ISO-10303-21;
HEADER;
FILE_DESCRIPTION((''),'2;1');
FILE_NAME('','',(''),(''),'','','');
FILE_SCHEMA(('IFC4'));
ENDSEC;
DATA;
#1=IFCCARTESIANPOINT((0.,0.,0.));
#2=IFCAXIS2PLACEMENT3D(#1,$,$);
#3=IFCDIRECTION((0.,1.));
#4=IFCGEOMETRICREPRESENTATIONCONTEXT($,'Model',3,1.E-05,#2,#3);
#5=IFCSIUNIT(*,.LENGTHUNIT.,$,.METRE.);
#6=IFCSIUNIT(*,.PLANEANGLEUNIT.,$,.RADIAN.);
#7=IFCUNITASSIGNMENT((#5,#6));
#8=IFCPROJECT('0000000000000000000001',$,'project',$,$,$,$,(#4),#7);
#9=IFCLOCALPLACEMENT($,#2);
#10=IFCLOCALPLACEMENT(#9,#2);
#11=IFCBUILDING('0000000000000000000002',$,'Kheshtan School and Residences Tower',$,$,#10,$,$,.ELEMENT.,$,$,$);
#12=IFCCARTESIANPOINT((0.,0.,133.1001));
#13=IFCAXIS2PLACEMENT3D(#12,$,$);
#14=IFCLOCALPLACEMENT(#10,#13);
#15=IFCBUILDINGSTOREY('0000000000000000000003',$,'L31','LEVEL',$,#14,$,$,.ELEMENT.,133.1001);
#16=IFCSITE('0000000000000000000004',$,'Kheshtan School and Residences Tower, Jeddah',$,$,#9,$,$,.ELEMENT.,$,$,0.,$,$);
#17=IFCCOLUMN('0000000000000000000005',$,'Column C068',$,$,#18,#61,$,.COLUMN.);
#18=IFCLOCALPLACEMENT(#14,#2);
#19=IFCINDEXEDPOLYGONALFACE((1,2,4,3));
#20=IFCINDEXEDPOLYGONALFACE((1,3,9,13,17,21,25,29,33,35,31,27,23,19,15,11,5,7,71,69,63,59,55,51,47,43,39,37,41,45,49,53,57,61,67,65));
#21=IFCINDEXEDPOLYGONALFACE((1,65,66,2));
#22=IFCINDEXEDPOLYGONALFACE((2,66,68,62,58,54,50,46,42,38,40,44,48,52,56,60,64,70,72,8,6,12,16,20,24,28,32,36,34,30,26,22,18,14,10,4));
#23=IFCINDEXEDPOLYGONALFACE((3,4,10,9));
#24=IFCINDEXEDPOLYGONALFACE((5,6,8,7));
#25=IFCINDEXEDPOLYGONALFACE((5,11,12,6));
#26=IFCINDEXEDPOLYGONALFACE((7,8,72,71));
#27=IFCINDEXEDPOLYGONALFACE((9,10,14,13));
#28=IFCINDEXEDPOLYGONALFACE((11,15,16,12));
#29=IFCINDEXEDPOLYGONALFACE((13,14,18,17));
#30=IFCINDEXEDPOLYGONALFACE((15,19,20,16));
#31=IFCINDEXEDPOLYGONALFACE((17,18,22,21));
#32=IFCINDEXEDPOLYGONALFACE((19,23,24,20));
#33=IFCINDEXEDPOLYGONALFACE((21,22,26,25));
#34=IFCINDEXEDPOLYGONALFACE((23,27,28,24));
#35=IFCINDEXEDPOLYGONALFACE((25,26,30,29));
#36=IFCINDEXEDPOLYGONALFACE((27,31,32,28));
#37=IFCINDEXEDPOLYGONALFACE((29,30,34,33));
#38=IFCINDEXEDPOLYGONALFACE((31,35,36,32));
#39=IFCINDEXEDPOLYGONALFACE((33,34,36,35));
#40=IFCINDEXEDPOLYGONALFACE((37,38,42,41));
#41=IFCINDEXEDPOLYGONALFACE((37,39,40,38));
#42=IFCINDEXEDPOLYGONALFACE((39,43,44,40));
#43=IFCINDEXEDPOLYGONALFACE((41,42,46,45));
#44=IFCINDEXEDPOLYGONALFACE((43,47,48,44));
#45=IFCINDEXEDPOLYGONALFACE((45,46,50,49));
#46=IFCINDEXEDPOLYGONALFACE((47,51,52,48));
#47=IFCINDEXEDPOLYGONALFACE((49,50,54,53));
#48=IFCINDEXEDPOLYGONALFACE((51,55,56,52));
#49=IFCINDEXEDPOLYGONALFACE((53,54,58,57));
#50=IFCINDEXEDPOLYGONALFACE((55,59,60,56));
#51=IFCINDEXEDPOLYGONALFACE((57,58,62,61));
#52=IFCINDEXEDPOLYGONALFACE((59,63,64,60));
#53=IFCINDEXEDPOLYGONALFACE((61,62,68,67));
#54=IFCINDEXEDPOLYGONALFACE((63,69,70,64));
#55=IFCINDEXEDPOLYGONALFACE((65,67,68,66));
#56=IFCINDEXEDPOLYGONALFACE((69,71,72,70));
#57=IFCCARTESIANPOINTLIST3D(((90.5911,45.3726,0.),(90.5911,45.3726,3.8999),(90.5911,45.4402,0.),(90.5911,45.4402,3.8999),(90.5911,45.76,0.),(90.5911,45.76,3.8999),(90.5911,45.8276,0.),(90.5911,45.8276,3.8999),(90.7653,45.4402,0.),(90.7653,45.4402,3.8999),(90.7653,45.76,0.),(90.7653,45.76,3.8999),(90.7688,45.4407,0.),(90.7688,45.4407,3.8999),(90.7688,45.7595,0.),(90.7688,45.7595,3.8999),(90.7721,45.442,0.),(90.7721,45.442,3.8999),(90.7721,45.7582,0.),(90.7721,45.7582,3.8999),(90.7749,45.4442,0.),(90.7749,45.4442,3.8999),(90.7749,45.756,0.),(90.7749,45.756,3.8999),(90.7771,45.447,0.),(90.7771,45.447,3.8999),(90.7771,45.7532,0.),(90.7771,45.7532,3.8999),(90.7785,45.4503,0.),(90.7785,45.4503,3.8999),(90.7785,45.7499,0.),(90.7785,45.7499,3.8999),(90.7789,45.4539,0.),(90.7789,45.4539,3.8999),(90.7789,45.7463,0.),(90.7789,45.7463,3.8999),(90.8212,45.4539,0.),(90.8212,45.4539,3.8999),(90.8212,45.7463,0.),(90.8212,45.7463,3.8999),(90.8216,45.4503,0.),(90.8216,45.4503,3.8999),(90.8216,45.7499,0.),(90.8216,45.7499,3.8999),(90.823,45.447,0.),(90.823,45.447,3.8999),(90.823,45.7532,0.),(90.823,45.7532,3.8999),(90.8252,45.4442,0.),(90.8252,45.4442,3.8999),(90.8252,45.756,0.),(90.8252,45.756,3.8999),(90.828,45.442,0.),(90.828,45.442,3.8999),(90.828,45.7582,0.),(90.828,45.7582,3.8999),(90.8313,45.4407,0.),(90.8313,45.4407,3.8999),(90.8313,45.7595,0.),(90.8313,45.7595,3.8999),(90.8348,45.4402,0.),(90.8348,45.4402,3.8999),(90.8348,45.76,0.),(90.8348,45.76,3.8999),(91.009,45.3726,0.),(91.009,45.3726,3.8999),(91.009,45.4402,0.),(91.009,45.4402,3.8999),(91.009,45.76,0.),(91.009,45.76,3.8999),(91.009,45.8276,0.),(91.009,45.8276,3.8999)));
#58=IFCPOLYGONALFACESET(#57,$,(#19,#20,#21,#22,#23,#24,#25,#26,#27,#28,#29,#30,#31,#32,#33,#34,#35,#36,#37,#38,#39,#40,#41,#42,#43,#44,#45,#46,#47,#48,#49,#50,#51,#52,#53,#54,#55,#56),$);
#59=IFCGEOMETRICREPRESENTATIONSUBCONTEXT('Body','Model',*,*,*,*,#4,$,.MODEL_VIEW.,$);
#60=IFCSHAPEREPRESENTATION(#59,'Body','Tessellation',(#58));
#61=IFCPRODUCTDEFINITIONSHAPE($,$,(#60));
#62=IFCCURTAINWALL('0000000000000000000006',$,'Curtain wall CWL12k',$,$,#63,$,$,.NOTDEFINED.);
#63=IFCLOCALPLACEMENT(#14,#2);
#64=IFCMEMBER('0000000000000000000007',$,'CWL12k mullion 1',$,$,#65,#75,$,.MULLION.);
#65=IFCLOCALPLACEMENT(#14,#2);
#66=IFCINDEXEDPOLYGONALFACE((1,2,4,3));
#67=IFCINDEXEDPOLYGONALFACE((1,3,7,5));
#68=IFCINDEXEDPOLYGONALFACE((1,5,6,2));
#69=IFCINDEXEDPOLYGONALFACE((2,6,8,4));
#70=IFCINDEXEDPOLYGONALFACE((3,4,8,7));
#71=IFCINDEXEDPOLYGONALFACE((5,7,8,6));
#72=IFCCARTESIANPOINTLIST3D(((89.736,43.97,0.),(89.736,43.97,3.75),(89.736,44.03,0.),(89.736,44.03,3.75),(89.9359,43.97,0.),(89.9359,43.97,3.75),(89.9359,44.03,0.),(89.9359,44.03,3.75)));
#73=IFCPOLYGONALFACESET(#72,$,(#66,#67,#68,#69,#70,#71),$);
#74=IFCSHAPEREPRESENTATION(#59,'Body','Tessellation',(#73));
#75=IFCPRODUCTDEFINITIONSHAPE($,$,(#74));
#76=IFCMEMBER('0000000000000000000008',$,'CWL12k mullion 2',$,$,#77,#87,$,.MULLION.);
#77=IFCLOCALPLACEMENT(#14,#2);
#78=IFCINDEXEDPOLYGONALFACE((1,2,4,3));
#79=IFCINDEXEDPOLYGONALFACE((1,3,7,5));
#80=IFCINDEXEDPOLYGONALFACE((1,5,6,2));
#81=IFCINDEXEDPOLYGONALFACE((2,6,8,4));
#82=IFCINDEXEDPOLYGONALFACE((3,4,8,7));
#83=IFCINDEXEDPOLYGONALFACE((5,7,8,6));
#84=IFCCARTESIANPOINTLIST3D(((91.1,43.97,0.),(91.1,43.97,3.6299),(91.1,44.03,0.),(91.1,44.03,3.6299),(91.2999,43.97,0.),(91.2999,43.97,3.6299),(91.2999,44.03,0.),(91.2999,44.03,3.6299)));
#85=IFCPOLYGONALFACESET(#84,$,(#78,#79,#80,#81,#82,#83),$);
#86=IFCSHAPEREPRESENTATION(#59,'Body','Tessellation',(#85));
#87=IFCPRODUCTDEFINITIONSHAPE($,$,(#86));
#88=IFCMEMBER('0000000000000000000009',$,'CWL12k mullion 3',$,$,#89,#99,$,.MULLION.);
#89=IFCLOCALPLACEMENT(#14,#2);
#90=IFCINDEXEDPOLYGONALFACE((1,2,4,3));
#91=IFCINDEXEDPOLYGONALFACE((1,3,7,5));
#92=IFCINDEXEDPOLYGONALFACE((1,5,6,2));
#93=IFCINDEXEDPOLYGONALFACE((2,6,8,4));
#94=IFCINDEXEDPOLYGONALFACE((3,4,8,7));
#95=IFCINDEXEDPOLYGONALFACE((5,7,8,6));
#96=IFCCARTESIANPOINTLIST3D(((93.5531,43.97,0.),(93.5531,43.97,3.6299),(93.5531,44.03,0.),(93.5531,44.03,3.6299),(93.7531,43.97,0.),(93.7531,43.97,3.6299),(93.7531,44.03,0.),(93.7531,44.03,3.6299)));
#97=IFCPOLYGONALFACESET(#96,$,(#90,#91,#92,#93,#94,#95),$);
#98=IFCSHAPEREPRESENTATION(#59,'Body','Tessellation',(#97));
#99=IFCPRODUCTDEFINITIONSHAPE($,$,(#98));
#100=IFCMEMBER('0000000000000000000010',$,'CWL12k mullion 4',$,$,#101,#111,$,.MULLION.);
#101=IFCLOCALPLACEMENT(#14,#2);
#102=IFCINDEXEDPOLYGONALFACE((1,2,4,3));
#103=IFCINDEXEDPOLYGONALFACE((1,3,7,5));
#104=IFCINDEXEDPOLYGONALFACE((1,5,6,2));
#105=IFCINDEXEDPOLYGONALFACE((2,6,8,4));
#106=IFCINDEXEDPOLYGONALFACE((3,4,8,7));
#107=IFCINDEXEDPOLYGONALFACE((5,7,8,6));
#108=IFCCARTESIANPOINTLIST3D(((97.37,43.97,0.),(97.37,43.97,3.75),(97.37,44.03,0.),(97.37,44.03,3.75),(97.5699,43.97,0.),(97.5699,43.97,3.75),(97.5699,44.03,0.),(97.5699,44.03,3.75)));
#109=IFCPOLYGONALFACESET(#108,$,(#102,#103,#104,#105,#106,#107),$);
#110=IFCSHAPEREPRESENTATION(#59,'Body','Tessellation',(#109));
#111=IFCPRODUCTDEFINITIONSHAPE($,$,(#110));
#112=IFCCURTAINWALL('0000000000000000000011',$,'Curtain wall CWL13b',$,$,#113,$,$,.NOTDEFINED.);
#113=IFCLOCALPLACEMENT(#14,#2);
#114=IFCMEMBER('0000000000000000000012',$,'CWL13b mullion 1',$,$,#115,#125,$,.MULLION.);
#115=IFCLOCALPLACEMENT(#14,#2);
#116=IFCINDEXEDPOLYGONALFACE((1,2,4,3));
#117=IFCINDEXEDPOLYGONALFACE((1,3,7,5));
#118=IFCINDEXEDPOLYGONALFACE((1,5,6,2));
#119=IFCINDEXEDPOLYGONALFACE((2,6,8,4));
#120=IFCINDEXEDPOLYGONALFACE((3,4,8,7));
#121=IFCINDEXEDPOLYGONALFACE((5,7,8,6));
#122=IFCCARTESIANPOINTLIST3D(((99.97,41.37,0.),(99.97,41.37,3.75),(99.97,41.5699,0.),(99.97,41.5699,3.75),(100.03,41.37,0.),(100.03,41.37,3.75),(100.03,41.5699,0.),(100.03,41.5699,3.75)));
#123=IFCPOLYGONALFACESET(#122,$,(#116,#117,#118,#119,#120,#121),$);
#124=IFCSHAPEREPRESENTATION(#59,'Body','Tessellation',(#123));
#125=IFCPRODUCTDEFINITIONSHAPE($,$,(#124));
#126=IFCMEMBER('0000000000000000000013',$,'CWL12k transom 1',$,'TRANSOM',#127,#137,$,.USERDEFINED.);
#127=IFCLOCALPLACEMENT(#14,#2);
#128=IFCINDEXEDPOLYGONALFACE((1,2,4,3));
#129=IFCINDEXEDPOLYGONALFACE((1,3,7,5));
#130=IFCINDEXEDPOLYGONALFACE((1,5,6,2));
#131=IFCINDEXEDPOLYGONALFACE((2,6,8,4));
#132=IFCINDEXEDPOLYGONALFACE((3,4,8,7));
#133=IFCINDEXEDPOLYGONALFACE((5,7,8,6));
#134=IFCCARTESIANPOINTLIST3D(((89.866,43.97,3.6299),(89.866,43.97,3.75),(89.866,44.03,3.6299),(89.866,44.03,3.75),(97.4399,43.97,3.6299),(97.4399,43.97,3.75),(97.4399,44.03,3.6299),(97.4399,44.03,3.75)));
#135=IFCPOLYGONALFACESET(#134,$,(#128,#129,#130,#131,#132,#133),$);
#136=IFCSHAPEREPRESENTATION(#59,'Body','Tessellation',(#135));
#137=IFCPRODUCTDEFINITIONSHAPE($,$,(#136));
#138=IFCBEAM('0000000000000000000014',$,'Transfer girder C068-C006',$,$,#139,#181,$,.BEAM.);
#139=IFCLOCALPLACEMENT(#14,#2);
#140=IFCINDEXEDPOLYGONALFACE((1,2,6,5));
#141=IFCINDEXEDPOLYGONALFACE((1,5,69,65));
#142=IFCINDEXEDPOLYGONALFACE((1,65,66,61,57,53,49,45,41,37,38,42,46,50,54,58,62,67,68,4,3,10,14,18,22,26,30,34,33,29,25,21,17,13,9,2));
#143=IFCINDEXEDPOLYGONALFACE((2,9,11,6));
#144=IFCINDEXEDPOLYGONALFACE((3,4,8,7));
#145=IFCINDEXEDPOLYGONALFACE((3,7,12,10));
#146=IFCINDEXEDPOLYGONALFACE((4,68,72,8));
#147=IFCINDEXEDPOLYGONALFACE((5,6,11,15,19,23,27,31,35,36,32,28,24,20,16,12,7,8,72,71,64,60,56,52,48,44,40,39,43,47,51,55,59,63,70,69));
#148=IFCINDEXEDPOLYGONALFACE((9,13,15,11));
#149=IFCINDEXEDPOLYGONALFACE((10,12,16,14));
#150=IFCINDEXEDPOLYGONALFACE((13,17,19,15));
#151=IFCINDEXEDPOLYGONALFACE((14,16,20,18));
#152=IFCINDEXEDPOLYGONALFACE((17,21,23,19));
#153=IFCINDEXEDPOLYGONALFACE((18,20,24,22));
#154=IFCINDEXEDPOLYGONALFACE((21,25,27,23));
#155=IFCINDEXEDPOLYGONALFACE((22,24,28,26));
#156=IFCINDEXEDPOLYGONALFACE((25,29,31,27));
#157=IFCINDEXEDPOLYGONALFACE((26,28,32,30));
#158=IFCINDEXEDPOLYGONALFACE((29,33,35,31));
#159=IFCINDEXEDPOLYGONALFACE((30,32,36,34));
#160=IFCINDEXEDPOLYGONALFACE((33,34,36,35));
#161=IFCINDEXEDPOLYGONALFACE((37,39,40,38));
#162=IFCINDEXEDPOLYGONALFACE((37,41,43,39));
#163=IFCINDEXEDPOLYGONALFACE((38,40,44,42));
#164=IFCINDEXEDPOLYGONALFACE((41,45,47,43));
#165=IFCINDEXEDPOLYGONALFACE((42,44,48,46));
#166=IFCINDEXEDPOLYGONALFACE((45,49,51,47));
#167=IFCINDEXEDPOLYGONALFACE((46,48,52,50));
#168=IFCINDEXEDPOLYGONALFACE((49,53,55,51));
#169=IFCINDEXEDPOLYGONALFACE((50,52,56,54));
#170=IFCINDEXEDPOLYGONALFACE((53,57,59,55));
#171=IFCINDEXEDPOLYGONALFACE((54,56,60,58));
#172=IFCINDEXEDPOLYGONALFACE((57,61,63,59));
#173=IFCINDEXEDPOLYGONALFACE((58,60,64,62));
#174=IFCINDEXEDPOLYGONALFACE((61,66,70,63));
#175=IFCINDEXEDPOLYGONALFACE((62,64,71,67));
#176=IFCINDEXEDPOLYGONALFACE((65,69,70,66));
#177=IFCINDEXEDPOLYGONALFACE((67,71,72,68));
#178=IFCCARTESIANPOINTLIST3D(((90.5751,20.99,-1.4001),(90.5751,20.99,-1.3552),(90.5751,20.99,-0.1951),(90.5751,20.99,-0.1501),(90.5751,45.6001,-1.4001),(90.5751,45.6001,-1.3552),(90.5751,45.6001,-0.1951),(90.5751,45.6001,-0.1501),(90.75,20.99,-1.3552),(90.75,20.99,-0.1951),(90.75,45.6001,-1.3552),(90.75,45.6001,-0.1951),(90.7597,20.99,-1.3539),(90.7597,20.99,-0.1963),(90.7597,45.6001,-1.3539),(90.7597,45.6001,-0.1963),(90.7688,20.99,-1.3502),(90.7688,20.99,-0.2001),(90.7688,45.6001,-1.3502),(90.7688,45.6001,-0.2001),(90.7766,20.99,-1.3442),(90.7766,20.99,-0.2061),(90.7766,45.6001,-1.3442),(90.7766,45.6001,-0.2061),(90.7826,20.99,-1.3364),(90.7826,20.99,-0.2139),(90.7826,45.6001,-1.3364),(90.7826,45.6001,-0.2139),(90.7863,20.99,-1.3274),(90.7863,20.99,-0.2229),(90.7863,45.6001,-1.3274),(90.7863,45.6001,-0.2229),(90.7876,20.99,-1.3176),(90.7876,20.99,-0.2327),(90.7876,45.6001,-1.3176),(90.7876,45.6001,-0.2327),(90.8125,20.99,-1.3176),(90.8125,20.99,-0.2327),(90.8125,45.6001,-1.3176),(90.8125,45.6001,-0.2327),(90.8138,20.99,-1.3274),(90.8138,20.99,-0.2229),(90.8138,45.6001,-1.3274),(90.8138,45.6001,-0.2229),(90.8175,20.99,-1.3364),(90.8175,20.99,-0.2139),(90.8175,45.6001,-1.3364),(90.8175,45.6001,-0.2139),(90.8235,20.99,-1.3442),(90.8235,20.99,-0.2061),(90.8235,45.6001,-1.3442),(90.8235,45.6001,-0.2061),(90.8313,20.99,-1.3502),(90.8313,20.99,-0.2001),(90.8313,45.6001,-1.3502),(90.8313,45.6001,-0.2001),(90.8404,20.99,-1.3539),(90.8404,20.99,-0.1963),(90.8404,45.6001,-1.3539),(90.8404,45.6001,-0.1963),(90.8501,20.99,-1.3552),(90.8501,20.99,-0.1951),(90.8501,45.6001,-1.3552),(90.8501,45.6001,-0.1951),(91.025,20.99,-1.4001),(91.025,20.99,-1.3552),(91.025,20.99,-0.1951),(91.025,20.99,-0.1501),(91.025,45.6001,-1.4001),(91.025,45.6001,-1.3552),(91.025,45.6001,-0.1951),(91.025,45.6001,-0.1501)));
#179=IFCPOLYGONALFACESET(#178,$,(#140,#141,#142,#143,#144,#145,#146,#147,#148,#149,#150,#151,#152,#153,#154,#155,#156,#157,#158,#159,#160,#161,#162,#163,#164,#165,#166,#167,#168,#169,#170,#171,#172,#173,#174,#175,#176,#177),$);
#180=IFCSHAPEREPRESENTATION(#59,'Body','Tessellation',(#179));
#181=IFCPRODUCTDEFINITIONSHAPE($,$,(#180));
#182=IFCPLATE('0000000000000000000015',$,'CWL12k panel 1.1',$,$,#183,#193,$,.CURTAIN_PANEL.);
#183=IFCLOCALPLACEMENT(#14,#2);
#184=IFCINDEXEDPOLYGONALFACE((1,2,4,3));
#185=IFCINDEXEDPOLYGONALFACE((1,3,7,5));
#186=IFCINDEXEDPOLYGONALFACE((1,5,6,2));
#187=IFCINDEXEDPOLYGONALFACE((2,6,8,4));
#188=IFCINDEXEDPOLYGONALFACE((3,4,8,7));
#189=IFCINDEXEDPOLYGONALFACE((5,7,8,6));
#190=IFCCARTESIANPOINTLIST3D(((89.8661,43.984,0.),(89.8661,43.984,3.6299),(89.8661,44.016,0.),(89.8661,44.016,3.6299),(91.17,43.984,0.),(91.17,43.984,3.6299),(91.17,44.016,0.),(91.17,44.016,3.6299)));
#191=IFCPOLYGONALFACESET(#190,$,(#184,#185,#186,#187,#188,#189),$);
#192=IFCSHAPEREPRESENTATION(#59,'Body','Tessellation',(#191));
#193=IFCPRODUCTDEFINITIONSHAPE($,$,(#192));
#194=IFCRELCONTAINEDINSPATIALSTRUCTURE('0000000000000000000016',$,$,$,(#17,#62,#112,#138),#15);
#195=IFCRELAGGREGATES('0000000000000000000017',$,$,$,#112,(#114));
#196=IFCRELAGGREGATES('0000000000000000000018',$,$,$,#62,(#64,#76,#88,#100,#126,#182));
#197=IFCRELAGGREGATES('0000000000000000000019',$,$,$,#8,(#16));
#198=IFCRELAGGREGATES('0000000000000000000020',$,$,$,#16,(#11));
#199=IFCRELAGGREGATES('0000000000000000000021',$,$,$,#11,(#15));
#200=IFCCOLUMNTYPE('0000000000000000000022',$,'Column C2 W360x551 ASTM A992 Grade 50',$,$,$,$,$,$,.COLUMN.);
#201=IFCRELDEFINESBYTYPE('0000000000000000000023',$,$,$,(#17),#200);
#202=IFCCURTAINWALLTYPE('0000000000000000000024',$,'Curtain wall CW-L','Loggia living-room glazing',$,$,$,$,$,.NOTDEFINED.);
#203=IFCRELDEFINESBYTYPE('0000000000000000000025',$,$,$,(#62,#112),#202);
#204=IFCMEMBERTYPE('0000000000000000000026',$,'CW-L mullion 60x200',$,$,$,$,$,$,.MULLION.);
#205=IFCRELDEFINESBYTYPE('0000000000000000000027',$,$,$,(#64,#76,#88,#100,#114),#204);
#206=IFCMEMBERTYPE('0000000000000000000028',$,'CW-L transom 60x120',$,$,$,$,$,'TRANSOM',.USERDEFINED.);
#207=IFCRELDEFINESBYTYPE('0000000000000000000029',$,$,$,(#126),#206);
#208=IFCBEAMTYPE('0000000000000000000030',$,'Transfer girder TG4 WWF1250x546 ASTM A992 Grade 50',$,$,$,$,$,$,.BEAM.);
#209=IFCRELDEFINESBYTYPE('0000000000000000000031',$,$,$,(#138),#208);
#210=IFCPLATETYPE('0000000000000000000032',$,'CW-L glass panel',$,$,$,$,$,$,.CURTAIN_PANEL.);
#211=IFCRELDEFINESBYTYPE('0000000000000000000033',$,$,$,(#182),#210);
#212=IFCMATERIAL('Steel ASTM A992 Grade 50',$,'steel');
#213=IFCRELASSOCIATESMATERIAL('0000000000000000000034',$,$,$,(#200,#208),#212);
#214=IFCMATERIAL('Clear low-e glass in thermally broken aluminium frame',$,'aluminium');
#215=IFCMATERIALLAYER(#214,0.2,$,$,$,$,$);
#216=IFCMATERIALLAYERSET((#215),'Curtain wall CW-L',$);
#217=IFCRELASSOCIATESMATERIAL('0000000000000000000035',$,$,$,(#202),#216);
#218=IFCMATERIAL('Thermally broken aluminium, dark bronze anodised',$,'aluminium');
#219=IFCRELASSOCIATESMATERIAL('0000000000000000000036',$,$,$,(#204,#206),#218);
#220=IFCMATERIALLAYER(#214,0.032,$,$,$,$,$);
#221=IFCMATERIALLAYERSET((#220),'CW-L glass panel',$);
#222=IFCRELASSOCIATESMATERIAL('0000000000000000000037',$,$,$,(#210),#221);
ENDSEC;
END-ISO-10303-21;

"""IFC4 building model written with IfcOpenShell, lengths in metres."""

from ifc_helpers import new_model, si_unit, direction, frame, origin, origin_2d, place, context, subcontext, project, spatial, rectangle, i_section, extrude, material, layer, layer_set, material_profile, profile_set, type_object, element, aggregate, save


model = new_model("IFC4")

# Units and contexts
model_context = context("Model", 3, precision=1e-05, world=origin(), true_north=direction((0.0, 1.0)))
body_context = subcontext(model_context, "Body", "Model", "MODEL_VIEW")
ifc_project = project(units=[si_unit("LENGTHUNIT", "METRE"), si_unit("PLANEANGLEUNIT", "RADIAN")], contexts=[model_context])

# Site, building, storey
site_placement = place(None, origin())
site = spatial("IfcSite", under=ifc_project, at=site_placement, Name="Kheshtan School and Residences Tower, Jeddah", CompositionType="ELEMENT", RefElevation=0.0)
building_placement = place(site_placement, origin())
building = spatial("IfcBuilding", under=site, at=building_placement, Name="Kheshtan School and Residences Tower", CompositionType="ELEMENT")
storey_placement = place(building_placement, frame((0.0, 0.0, 133.1001)))
storey = spatial("IfcBuildingStorey", under=building, at=storey_placement, Name="L31", Description="LEVEL", CompositionType="ELEMENT", Elevation=133.1001)

# Column
ifc_material_1 = material(Name="Steel ASTM A992 Grade 50", Category="steel")
ifc_material_profile_1 = material_profile(ifc_material_1, i_section(OverallWidth=0.418, OverallDepth=0.4551, WebThickness=0.0422, FlangeThickness=0.0676, FilletRadius=0.0137, at=origin_2d()), Name="W360x551")
ifc_profile_set_1 = profile_set([ifc_material_profile_1], Name="Steel ASTM A992 Grade 50")
column_type = type_object("IfcColumnType", Name="Column C2 W360x551 ASTM A992 Grade 50", PredefinedType="COLUMN", material=ifc_profile_set_1)
column_placement = place(storey_placement, frame((90.8, 45.6001, 0.0), z_axis=(0.0, 0.0, 1.0), x_axis=(1.0, 0.0, 0.0)))
element("IfcColumn", 1, at=column_placement, inside=storey, type_object=column_type, Name="Column C068", PredefinedType="COLUMN", context=body_context, shape_type="SweptSolid", body=[
    extrude(i_section(OverallWidth=0.418, OverallDepth=0.4551, WebThickness=0.0422, FlangeThickness=0.0676, FilletRadius=0.0137, at=origin_2d()), origin(), (0.0, 0.0, 1.0), 3.8999),
])

# Curtain wall, members
ifc_material_2 = material(Name="Clear low-e glass in thermally broken aluminium frame", Category="aluminium")
ifc_layer_1 = layer(ifc_material_2, 0.2)
ifc_layer_set_1 = layer_set([ifc_layer_1], Name="Curtain wall CW-L")
curtain_wall_type = type_object("IfcCurtainWallType", Name="Curtain wall CW-L", Description="Loggia living-room glazing", PredefinedType="NOTDEFINED", material=ifc_layer_set_1)
curtain_wall_1_placement = place(storey_placement, origin())
curtain_wall_1 = element("IfcCurtainWall", 2, at=curtain_wall_1_placement, inside=storey, type_object=curtain_wall_type, Name="Curtain wall CWL12k", PredefinedType="NOTDEFINED")
ifc_material_3 = material(Name="Thermally broken aluminium, dark bronze anodised", Category="aluminium")
ifc_material_profile_2 = material_profile(ifc_material_3, rectangle(XDim=0.0601, YDim=0.2, at=origin_2d()), Name="CW-L mullion 60x200")
ifc_profile_set_2 = profile_set([ifc_material_profile_2], Name="Thermally broken aluminium, dark bronze anodised")
member_type_1 = type_object("IfcMemberType", Name="CW-L mullion 60x200", PredefinedType="MULLION", material=ifc_profile_set_2)
member_1_placement = place(storey_placement, frame((89.8359, 44.0, 0.0), z_axis=(0.0, 0.0, 1.0), x_axis=(0.0, 1.0, 0.0)))
member_1 = element("IfcMember", 3, at=member_1_placement, type_object=member_type_1, Name="CWL12k mullion 1", PredefinedType="MULLION", context=body_context, shape_type="SweptSolid", body=[
    extrude(rectangle(XDim=0.0601, YDim=0.2, at=origin_2d()), origin(), (0.0, 0.0, 1.0), 3.75),
])
member_2_placement = place(storey_placement, frame((91.2, 44.0, 0.0), z_axis=(0.0, 0.0, 1.0), x_axis=(0.0, 1.0, 0.0)))
member_2 = element("IfcMember", 4, at=member_2_placement, type_object=member_type_1, Name="CWL12k mullion 2", PredefinedType="MULLION", context=body_context, shape_type="SweptSolid", body=[
    extrude(rectangle(XDim=0.0601, YDim=0.2, at=origin_2d()), origin(), (0.0, 0.0, 1.0), 3.6299),
])
member_3_placement = place(storey_placement, frame((93.6531, 44.0, 0.0), z_axis=(0.0, 0.0, 1.0), x_axis=(0.0, 1.0, 0.0)))
member_3 = element("IfcMember", 5, at=member_3_placement, type_object=member_type_1, Name="CWL12k mullion 3", PredefinedType="MULLION", context=body_context, shape_type="SweptSolid", body=[
    extrude(rectangle(XDim=0.0601, YDim=0.2, at=origin_2d()), origin(), (0.0, 0.0, 1.0), 3.6299),
])
member_4_placement = place(storey_placement, frame((97.47, 44.0, 0.0), z_axis=(0.0, 0.0, 1.0), x_axis=(0.0, 1.0, 0.0)))
member_4 = element("IfcMember", 6, at=member_4_placement, type_object=member_type_1, Name="CWL12k mullion 4", PredefinedType="MULLION", context=body_context, shape_type="SweptSolid", body=[
    extrude(rectangle(XDim=0.0601, YDim=0.2, at=origin_2d()), origin(), (0.0, 0.0, 1.0), 3.75),
])

# Curtain wall, member
curtain_wall_2_placement = place(storey_placement, origin())
curtain_wall_2 = element("IfcCurtainWall", 7, at=curtain_wall_2_placement, inside=storey, type_object=curtain_wall_type, Name="Curtain wall CWL13b", PredefinedType="NOTDEFINED")
member_5_placement = place(storey_placement, frame((100.0, 41.47, 0.0), z_axis=(0.0, 0.0, 1.0), x_axis=(1.0, 0.0, 0.0)))
member_5 = element("IfcMember", 8, at=member_5_placement, type_object=member_type_1, Name="CWL13b mullion 1", PredefinedType="MULLION", context=body_context, shape_type="SweptSolid", body=[
    extrude(rectangle(XDim=0.0601, YDim=0.2, at=origin_2d()), origin(), (0.0, 0.0, 1.0), 3.75),
])
aggregate(curtain_wall_2, [member_5])

# Member
ifc_material_profile_3 = material_profile(ifc_material_3, rectangle(XDim=0.0601, YDim=0.1201, at=origin_2d()), Name="CW-L transom 60x120")
ifc_profile_set_3 = profile_set([ifc_material_profile_3], Name="Thermally broken aluminium, dark bronze anodised")
member_type_2 = type_object("IfcMemberType", Name="CW-L transom 60x120", ElementType="TRANSOM", PredefinedType="USERDEFINED", material=ifc_profile_set_3)
member_6_placement = place(storey_placement, frame((89.866, 44.0, 3.6899), z_axis=(1.0, 0.0, 0.0), x_axis=(0.0, 1.0, 0.0)))
member_6 = element("IfcMember", 9, at=member_6_placement, type_object=member_type_2, Name="CWL12k transom 1", ObjectType="TRANSOM", PredefinedType="USERDEFINED", context=body_context, shape_type="SweptSolid", body=[
    extrude(rectangle(XDim=0.0601, YDim=0.1201, at=origin_2d()), origin(), (0.0, 0.0, 1.0), 7.574),
])

# Beam
ifc_material_profile_4 = material_profile(ifc_material_1, i_section(OverallWidth=0.45, OverallDepth=1.25, WebThickness=0.0249, FlangeThickness=0.0449, FilletRadius=0.0376, at=origin_2d()), Name="WWF1250x546")
ifc_profile_set_4 = profile_set([ifc_material_profile_4], Name="Steel ASTM A992 Grade 50")
beam_type = type_object("IfcBeamType", Name="Transfer girder TG4 WWF1250x546 ASTM A992 Grade 50", PredefinedType="BEAM", material=ifc_profile_set_4)
beam_placement = place(storey_placement, frame((90.8, 45.6001, -0.7751), z_axis=(0.0, -1.0, 0.0), x_axis=(1.0, 0.0, 0.0)))
element("IfcBeam", 10, at=beam_placement, inside=storey, type_object=beam_type, Name="Transfer girder C068-C006", PredefinedType="BEAM", context=body_context, shape_type="SweptSolid", body=[
    extrude(i_section(OverallWidth=0.45, OverallDepth=1.25, WebThickness=0.0249, FlangeThickness=0.0449, FilletRadius=0.0376, at=origin_2d()), origin(), (0.0, 0.0, 1.0), 24.6101),
])

# Plate
ifc_layer_2 = layer(ifc_material_2, 0.032)
ifc_layer_set_2 = layer_set([ifc_layer_2], Name="CW-L glass panel")
plate_type = type_object("IfcPlateType", Name="CW-L glass panel", PredefinedType="CURTAIN_PANEL", material=ifc_layer_set_2)
plate_1_placement = place(storey_placement, frame((90.5181, 44.0, 0.0), z_axis=(0.0, 0.0, 1.0), x_axis=(1.0, 0.0, 0.0)))
plate_1 = element("IfcPlate", 11, at=plate_1_placement, type_object=plate_type, Name="CWL12k panel 1.1", PredefinedType="CURTAIN_PANEL", context=body_context, shape_type="SweptSolid", body=[
    extrude(rectangle(XDim=1.304, YDim=0.032, at=origin_2d()), origin(), (0.0, 0.0, 1.0), 3.6299),
])
aggregate(curtain_wall_1, [member_1, member_2, member_3, member_4, member_6, plate_1])

save(model, "model.ifc")
